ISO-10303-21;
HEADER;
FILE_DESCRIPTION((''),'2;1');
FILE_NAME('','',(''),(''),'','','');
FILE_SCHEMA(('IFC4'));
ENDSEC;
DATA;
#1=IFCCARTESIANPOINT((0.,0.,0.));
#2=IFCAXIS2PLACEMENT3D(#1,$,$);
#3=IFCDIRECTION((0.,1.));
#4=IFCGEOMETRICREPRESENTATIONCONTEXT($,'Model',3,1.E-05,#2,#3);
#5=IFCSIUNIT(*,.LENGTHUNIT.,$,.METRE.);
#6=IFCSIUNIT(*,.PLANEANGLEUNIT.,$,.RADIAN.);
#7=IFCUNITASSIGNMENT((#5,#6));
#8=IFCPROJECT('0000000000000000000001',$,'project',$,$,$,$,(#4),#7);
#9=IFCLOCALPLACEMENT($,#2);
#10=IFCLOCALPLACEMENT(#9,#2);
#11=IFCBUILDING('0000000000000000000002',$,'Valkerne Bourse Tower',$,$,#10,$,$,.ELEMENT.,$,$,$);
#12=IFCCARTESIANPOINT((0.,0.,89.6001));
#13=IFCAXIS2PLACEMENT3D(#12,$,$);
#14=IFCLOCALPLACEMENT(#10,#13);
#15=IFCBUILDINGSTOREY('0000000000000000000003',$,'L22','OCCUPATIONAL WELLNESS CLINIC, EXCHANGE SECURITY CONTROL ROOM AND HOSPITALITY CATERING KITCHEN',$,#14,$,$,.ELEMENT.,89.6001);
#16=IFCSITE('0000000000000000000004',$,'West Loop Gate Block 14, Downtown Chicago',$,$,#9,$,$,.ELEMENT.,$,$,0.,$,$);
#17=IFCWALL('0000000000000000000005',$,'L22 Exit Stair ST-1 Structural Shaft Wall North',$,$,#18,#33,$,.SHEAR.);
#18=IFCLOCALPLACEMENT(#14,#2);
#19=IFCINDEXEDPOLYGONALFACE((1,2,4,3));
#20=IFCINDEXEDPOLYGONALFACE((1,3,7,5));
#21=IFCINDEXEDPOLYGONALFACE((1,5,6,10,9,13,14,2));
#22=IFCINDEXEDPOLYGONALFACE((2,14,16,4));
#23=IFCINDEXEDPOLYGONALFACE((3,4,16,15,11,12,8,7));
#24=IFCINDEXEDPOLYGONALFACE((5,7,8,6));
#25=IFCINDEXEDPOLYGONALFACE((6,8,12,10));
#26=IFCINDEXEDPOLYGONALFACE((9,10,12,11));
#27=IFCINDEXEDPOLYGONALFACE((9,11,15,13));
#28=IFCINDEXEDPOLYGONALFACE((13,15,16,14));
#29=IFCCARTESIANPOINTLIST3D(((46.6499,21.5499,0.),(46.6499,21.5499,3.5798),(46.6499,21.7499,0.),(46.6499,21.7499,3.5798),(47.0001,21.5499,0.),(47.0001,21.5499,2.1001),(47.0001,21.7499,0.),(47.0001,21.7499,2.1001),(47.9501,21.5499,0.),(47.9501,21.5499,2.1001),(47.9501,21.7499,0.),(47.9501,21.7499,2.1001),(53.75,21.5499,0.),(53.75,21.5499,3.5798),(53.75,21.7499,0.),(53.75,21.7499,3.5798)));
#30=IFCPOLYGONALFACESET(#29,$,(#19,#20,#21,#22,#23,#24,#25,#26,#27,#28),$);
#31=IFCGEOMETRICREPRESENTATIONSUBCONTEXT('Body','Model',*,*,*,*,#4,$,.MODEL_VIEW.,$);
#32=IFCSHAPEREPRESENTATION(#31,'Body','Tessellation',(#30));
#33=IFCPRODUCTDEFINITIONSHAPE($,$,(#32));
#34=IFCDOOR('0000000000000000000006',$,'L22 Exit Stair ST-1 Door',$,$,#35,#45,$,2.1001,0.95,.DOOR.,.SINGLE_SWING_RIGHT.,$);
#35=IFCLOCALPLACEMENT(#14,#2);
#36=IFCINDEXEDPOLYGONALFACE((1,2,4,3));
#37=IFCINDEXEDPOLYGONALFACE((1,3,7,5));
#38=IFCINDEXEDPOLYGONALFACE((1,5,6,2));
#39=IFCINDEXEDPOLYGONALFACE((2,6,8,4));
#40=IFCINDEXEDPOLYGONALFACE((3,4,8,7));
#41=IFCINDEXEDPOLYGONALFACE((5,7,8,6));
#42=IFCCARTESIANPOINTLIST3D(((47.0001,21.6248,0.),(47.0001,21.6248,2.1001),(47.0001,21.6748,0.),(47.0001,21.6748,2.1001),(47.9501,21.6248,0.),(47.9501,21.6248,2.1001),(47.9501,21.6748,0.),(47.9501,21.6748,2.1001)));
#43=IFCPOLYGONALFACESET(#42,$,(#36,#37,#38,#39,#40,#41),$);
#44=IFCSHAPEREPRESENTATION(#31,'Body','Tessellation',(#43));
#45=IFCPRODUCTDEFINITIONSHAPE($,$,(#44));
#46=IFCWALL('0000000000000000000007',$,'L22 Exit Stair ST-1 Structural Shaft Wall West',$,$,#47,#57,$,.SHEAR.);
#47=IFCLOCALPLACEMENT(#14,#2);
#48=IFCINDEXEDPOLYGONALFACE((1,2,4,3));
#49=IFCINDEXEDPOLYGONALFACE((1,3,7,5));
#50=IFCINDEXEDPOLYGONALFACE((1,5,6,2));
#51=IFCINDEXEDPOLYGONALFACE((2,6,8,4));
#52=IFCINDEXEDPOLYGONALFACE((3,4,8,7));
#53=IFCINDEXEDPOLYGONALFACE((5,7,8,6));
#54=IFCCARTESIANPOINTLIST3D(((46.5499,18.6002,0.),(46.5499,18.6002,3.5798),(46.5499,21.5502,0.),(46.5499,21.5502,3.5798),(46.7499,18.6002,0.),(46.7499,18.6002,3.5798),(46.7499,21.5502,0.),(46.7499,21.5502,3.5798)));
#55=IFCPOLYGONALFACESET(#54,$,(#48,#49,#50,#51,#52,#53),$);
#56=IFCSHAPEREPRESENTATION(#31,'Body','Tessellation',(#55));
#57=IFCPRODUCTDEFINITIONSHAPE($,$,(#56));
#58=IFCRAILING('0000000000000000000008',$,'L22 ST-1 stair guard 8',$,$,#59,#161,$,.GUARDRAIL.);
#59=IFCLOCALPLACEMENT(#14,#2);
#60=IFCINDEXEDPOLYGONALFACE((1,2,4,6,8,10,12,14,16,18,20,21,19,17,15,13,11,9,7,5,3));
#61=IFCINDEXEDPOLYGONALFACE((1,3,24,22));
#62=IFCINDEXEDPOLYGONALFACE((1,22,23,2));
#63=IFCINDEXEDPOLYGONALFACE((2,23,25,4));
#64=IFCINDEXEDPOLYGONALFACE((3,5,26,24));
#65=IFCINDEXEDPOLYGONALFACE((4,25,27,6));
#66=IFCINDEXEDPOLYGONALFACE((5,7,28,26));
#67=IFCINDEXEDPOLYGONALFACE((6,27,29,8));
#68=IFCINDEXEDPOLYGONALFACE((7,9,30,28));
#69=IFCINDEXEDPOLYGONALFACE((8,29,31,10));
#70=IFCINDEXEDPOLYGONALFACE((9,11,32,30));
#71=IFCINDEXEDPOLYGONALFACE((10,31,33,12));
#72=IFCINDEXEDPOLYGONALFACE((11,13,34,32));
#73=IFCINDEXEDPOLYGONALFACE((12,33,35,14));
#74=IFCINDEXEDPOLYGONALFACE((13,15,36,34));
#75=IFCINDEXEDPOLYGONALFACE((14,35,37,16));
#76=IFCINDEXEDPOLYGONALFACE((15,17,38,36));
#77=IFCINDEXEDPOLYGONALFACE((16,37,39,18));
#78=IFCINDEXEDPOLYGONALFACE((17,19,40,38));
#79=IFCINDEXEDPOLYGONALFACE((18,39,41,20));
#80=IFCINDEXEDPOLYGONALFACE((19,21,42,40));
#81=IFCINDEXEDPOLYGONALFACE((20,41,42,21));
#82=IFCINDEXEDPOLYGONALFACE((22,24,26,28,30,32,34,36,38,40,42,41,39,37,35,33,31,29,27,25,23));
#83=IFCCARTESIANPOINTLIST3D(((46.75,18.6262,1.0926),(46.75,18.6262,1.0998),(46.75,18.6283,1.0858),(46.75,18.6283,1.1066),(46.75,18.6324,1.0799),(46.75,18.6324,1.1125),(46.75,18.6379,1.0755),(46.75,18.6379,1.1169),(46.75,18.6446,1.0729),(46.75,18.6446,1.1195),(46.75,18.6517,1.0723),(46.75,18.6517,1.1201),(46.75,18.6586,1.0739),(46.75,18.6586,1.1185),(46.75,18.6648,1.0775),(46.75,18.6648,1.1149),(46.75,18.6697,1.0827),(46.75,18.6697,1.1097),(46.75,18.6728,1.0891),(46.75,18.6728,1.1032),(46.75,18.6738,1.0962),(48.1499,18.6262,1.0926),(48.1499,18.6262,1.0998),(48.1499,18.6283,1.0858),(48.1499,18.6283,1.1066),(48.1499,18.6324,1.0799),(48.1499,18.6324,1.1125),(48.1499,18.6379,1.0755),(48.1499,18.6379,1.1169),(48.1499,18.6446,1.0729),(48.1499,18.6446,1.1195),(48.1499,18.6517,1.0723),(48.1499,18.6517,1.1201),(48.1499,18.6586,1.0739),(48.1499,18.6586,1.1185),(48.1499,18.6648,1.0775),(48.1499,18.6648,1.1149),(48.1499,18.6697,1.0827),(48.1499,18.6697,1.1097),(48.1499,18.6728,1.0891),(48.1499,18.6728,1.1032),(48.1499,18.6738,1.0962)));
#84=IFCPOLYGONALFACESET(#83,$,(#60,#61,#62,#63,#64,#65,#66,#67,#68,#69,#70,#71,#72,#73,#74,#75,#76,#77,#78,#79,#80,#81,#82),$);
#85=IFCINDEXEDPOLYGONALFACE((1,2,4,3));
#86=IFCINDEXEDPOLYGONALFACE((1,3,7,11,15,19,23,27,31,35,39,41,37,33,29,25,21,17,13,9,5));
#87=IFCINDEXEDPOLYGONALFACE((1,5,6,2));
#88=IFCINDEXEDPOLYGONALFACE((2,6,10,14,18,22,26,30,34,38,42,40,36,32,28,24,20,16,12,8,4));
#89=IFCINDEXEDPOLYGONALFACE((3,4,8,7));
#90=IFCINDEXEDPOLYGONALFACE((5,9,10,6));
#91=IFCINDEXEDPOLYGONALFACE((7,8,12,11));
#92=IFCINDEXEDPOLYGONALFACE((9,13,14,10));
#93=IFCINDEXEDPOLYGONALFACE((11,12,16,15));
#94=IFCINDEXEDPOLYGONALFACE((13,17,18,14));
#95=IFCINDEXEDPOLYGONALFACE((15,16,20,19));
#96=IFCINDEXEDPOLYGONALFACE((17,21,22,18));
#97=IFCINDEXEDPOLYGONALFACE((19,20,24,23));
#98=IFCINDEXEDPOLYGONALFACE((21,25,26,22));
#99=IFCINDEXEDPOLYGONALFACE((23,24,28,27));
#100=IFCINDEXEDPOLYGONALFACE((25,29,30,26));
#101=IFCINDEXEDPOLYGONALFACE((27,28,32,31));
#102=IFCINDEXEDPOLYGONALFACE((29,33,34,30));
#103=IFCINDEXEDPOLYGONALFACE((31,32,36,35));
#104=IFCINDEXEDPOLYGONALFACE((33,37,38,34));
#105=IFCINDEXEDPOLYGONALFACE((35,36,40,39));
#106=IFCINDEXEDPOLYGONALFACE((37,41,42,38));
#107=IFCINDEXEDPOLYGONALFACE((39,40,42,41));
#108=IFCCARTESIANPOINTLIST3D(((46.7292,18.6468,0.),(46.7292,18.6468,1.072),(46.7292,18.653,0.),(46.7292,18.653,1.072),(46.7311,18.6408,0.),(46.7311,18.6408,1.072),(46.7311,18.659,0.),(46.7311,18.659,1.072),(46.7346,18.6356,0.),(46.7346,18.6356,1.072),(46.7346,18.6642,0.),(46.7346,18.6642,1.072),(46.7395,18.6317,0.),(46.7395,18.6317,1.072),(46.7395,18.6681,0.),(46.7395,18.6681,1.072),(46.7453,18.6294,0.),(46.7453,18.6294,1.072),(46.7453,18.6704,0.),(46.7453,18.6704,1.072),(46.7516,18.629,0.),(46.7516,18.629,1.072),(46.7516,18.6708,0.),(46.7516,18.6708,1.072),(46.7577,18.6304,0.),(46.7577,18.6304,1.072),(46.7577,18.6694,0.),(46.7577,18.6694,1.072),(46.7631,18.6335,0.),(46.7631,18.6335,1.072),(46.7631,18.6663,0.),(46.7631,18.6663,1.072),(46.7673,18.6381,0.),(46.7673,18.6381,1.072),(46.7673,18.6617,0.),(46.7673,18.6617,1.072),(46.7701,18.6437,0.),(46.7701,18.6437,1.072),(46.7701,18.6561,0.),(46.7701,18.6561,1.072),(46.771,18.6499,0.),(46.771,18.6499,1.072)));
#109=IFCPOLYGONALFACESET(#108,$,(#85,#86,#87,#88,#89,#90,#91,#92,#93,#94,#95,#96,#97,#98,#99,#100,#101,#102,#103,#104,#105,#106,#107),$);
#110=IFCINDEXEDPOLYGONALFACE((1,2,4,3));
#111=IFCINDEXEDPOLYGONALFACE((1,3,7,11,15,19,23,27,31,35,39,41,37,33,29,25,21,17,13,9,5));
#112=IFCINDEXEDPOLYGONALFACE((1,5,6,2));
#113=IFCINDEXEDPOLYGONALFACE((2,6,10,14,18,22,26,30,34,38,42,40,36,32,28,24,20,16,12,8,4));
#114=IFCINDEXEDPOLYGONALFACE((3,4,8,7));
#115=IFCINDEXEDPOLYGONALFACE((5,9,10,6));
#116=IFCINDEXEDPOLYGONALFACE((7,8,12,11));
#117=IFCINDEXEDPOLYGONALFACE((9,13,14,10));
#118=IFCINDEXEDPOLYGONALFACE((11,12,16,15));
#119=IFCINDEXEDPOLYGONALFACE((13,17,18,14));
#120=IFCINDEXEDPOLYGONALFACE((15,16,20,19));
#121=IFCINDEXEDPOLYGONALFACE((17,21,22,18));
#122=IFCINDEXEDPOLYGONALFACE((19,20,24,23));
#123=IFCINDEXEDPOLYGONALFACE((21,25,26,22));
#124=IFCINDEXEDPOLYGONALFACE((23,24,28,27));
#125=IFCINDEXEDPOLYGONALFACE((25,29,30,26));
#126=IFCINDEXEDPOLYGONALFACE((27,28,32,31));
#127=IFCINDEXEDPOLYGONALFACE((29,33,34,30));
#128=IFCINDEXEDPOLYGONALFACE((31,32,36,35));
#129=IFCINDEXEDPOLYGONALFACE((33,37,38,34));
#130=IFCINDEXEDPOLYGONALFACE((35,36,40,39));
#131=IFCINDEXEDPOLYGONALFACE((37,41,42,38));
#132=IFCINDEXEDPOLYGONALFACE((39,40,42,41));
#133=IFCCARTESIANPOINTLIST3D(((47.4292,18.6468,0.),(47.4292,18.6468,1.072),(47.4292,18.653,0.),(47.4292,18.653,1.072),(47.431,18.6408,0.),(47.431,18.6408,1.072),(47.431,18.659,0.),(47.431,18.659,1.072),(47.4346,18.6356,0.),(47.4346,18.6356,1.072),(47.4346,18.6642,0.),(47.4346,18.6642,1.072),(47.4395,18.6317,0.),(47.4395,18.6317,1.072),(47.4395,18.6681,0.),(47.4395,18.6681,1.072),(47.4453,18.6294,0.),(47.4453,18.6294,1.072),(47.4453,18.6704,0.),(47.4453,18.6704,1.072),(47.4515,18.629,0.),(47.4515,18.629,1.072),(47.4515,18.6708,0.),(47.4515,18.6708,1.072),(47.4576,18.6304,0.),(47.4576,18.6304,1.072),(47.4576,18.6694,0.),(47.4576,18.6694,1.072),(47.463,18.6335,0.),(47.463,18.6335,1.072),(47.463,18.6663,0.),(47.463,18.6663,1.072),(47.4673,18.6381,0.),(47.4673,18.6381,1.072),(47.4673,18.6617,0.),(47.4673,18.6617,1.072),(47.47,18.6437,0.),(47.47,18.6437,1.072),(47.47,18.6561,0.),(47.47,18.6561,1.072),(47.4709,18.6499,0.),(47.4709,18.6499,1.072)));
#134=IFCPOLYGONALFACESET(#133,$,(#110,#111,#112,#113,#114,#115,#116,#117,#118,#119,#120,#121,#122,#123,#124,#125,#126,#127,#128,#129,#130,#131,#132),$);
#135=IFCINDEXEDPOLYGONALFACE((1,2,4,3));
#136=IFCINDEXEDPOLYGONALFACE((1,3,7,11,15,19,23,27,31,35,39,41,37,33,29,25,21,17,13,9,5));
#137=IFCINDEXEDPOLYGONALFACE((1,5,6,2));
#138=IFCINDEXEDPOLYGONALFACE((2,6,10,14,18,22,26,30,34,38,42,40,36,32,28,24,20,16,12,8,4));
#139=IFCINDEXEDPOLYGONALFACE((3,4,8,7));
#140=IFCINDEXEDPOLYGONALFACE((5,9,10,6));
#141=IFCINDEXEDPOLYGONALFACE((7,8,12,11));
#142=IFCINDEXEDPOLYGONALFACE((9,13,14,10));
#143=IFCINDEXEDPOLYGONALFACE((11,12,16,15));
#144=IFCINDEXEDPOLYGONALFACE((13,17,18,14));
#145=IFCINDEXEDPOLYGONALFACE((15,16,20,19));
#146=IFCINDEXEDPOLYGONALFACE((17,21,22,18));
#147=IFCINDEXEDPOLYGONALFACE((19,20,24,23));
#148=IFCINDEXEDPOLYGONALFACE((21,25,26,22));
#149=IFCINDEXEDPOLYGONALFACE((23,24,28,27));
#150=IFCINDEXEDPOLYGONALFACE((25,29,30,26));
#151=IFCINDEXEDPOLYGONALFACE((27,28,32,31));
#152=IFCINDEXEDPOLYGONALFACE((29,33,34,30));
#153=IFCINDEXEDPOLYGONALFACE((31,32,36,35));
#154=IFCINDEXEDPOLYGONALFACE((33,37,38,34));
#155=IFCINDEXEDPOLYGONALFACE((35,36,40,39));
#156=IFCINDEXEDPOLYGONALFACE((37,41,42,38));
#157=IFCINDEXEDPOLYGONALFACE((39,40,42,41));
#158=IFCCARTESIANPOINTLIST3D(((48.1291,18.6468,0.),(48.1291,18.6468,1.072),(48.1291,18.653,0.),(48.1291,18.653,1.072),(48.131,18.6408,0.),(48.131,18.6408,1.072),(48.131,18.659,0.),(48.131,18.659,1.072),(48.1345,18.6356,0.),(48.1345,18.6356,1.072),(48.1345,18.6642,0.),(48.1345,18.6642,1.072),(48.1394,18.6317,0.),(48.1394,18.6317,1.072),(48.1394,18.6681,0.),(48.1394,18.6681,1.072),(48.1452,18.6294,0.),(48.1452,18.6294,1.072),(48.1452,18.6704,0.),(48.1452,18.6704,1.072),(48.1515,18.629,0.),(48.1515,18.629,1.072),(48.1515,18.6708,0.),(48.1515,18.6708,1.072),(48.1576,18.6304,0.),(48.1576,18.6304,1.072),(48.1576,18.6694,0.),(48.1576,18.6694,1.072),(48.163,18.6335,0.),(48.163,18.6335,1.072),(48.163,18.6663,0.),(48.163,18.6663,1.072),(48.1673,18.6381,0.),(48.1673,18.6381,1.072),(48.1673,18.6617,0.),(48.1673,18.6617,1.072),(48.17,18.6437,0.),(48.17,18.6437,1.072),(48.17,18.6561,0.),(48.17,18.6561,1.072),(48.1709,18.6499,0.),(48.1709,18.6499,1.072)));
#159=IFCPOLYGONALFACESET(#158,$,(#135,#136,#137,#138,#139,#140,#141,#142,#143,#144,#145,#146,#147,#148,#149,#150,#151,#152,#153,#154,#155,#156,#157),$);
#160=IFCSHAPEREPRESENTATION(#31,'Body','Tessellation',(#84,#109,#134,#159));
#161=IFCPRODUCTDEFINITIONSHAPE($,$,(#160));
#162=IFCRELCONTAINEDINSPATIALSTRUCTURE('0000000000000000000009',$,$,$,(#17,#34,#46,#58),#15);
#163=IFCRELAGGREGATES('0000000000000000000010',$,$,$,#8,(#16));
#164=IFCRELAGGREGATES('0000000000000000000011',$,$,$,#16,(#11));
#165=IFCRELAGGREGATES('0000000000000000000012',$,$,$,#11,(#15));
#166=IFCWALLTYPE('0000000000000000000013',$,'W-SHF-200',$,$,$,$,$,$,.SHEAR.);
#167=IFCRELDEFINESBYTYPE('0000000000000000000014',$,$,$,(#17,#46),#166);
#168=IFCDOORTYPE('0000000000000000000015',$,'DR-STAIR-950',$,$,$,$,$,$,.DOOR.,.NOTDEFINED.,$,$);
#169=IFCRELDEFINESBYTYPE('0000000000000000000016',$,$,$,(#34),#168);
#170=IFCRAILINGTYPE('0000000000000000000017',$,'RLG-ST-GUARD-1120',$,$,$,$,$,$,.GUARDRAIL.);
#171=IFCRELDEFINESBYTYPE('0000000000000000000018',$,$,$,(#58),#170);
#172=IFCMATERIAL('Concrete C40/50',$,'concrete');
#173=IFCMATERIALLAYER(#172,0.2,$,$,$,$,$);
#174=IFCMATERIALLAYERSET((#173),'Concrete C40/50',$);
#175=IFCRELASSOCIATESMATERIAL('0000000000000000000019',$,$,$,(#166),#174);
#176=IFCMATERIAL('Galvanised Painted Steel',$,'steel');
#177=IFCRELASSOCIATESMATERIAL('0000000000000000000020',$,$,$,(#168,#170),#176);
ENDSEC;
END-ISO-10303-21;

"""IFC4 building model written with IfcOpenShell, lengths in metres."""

from ifc_helpers import new_model, si_unit, direction, frame, frame_2d, origin, origin_2d, place, context, subcontext, project, spatial, rectangle, circle, extrude, material, layer, layer_set, type_object, element, fill, save


model = new_model("IFC4")

# Units and contexts
model_context = context("Model", 3, precision=1e-05, world=origin(), true_north=direction((0.0, 1.0)))
body_context = subcontext(model_context, "Body", "Model", "MODEL_VIEW")
ifc_project = project(units=[si_unit("LENGTHUNIT", "METRE"), si_unit("PLANEANGLEUNIT", "RADIAN")], contexts=[model_context])

# Site, building, storey
site_placement = place(None, origin())
site = spatial("IfcSite", under=ifc_project, at=site_placement, Name="West Loop Gate Block 14, Downtown Chicago", CompositionType="ELEMENT", RefElevation=0.0)
building_placement = place(site_placement, origin())
building = spatial("IfcBuilding", under=site, at=building_placement, Name="Valkerne Bourse Tower", CompositionType="ELEMENT")
storey_placement = place(building_placement, frame((0.0, 0.0, 89.6001)))
storey = spatial("IfcBuildingStorey", under=building, at=storey_placement, Name="L22", Description="OCCUPATIONAL WELLNESS CLINIC, EXCHANGE SECURITY CONTROL ROOM AND HOSPITALITY CATERING KITCHEN", CompositionType="ELEMENT", Elevation=89.6001)

# Shared definitions
ifc_material_1 = material(Name="Galvanised Painted Steel", Category="steel")

# Wall, opening, door
ifc_material_2 = material(Name="Concrete C40/50", Category="concrete")
ifc_layer_1 = layer(ifc_material_2, 0.2)
ifc_layer_set_1 = layer_set([ifc_layer_1], Name="Concrete C40/50")
wall_type_1 = type_object("IfcWallType", Name="W-SHF-200", PredefinedType="SHEAR", material=ifc_layer_set_1)
wall_1_placement = place(storey_placement, frame((46.6499, 21.6499, 0.0), z_axis=(0.0, 0.0, 1.0), x_axis=(1.0, 0.0, 0.0)))
wall_1 = element("IfcWall", 1, at=wall_1_placement, inside=storey, type_object=wall_type_1, Name="L22 Exit Stair ST-1 Structural Shaft Wall North", PredefinedType="SHEAR", context=body_context, shape_type="SweptSolid", body=[
    extrude(rectangle(XDim=7.1001, YDim=0.2, at=frame_2d((3.55, 0.0))), origin(), (0.0, 0.0, 1.0), 3.5798),
])
opening_1_placement = place(wall_1_placement, frame((0.3501, 0.0, 0.0)))
opening_1 = element("IfcOpeningElement", 2, at=opening_1_placement, cuts=wall_1, PredefinedType="OPENING", context=body_context, shape_type="SweptSolid", body=[
    extrude(rectangle(XDim=0.95, YDim=2.1001, at=frame_2d((0.4751, 1.05))), frame((0.0, 0.1099, 0.0), z_axis=(0.0, -1.0, 0.0), x_axis=(1.0, 0.0, 0.0)), (0.0, 0.0, 1.0), 0.22),
])
door_type_1 = type_object("IfcDoorType", Name="DR-STAIR-950", OperationType="NOTDEFINED", PredefinedType="DOOR", material=ifc_material_1)
door_1_placement = place(opening_1_placement, origin())
door_1 = element("IfcDoor", 3, at=door_1_placement, inside=storey, type_object=door_type_1, Name="L22 Exit Stair ST-1 Door", OperationType="SINGLE_SWING_RIGHT", OverallHeight=2.1001, OverallWidth=0.95, PredefinedType="DOOR", context=body_context, shape_type="SweptSolid", body=[
    extrude(rectangle(XDim=0.95, YDim=2.1001, at=frame_2d((0.4751, 1.05))), frame((0.0, 0.0249, 0.0), z_axis=(0.0, -1.0, 0.0), x_axis=(1.0, 0.0, 0.0)), (0.0, 0.0, 1.0), 0.05),
])
fill(opening_1, door_1)

# Wall
wall_2_placement = place(storey_placement, frame((46.6499, 18.6001, 0.0), z_axis=(0.0, 0.0, 1.0), x_axis=(0.0, 1.0, 0.0)))
element("IfcWall", 4, at=wall_2_placement, inside=storey, type_object=wall_type_1, Name="L22 Exit Stair ST-1 Structural Shaft Wall West", PredefinedType="SHEAR", context=body_context, shape_type="SweptSolid", body=[
    extrude(rectangle(XDim=2.95, YDim=0.2, at=frame_2d((1.4751, 0.0))), origin(), (0.0, 0.0, 1.0), 3.5798),
])

# Railing
railing_type = type_object("IfcRailingType", Name="RLG-ST-GUARD-1120", PredefinedType="GUARDRAIL", material=ifc_material_1)
for number, where, name in (
    (5, (46.75, 18.6499, 0.0), "L22 ST-1 stair guard 8"),
):
    element("IfcRailing", number, at=place(storey_placement, frame(where)), inside=storey, type_object=railing_type, Name=name, PredefinedType="GUARDRAIL", context=body_context, shape_type="SweptSolid", body=[
        extrude(circle(Radius=0.0239, at=origin_2d()), frame((0.0, 0.0, 1.0962), z_axis=(1.0, 0.0, 0.0), x_axis=(0.0, 1.0, 0.0)), (0.0, 0.0, 1.0), 1.3999),
        extrude(circle(Radius=0.021, at=origin_2d()), origin(), (0.0, 0.0, 1.0), 1.072),
        extrude(circle(Radius=0.021, at=origin_2d()), frame((0.7, 0.0, 0.0)), (0.0, 0.0, 1.0), 1.072),
        extrude(circle(Radius=0.021, at=origin_2d()), frame((1.3999, 0.0, 0.0)), (0.0, 0.0, 1.0), 1.072),
    ])

save(model, "model.ifc")
